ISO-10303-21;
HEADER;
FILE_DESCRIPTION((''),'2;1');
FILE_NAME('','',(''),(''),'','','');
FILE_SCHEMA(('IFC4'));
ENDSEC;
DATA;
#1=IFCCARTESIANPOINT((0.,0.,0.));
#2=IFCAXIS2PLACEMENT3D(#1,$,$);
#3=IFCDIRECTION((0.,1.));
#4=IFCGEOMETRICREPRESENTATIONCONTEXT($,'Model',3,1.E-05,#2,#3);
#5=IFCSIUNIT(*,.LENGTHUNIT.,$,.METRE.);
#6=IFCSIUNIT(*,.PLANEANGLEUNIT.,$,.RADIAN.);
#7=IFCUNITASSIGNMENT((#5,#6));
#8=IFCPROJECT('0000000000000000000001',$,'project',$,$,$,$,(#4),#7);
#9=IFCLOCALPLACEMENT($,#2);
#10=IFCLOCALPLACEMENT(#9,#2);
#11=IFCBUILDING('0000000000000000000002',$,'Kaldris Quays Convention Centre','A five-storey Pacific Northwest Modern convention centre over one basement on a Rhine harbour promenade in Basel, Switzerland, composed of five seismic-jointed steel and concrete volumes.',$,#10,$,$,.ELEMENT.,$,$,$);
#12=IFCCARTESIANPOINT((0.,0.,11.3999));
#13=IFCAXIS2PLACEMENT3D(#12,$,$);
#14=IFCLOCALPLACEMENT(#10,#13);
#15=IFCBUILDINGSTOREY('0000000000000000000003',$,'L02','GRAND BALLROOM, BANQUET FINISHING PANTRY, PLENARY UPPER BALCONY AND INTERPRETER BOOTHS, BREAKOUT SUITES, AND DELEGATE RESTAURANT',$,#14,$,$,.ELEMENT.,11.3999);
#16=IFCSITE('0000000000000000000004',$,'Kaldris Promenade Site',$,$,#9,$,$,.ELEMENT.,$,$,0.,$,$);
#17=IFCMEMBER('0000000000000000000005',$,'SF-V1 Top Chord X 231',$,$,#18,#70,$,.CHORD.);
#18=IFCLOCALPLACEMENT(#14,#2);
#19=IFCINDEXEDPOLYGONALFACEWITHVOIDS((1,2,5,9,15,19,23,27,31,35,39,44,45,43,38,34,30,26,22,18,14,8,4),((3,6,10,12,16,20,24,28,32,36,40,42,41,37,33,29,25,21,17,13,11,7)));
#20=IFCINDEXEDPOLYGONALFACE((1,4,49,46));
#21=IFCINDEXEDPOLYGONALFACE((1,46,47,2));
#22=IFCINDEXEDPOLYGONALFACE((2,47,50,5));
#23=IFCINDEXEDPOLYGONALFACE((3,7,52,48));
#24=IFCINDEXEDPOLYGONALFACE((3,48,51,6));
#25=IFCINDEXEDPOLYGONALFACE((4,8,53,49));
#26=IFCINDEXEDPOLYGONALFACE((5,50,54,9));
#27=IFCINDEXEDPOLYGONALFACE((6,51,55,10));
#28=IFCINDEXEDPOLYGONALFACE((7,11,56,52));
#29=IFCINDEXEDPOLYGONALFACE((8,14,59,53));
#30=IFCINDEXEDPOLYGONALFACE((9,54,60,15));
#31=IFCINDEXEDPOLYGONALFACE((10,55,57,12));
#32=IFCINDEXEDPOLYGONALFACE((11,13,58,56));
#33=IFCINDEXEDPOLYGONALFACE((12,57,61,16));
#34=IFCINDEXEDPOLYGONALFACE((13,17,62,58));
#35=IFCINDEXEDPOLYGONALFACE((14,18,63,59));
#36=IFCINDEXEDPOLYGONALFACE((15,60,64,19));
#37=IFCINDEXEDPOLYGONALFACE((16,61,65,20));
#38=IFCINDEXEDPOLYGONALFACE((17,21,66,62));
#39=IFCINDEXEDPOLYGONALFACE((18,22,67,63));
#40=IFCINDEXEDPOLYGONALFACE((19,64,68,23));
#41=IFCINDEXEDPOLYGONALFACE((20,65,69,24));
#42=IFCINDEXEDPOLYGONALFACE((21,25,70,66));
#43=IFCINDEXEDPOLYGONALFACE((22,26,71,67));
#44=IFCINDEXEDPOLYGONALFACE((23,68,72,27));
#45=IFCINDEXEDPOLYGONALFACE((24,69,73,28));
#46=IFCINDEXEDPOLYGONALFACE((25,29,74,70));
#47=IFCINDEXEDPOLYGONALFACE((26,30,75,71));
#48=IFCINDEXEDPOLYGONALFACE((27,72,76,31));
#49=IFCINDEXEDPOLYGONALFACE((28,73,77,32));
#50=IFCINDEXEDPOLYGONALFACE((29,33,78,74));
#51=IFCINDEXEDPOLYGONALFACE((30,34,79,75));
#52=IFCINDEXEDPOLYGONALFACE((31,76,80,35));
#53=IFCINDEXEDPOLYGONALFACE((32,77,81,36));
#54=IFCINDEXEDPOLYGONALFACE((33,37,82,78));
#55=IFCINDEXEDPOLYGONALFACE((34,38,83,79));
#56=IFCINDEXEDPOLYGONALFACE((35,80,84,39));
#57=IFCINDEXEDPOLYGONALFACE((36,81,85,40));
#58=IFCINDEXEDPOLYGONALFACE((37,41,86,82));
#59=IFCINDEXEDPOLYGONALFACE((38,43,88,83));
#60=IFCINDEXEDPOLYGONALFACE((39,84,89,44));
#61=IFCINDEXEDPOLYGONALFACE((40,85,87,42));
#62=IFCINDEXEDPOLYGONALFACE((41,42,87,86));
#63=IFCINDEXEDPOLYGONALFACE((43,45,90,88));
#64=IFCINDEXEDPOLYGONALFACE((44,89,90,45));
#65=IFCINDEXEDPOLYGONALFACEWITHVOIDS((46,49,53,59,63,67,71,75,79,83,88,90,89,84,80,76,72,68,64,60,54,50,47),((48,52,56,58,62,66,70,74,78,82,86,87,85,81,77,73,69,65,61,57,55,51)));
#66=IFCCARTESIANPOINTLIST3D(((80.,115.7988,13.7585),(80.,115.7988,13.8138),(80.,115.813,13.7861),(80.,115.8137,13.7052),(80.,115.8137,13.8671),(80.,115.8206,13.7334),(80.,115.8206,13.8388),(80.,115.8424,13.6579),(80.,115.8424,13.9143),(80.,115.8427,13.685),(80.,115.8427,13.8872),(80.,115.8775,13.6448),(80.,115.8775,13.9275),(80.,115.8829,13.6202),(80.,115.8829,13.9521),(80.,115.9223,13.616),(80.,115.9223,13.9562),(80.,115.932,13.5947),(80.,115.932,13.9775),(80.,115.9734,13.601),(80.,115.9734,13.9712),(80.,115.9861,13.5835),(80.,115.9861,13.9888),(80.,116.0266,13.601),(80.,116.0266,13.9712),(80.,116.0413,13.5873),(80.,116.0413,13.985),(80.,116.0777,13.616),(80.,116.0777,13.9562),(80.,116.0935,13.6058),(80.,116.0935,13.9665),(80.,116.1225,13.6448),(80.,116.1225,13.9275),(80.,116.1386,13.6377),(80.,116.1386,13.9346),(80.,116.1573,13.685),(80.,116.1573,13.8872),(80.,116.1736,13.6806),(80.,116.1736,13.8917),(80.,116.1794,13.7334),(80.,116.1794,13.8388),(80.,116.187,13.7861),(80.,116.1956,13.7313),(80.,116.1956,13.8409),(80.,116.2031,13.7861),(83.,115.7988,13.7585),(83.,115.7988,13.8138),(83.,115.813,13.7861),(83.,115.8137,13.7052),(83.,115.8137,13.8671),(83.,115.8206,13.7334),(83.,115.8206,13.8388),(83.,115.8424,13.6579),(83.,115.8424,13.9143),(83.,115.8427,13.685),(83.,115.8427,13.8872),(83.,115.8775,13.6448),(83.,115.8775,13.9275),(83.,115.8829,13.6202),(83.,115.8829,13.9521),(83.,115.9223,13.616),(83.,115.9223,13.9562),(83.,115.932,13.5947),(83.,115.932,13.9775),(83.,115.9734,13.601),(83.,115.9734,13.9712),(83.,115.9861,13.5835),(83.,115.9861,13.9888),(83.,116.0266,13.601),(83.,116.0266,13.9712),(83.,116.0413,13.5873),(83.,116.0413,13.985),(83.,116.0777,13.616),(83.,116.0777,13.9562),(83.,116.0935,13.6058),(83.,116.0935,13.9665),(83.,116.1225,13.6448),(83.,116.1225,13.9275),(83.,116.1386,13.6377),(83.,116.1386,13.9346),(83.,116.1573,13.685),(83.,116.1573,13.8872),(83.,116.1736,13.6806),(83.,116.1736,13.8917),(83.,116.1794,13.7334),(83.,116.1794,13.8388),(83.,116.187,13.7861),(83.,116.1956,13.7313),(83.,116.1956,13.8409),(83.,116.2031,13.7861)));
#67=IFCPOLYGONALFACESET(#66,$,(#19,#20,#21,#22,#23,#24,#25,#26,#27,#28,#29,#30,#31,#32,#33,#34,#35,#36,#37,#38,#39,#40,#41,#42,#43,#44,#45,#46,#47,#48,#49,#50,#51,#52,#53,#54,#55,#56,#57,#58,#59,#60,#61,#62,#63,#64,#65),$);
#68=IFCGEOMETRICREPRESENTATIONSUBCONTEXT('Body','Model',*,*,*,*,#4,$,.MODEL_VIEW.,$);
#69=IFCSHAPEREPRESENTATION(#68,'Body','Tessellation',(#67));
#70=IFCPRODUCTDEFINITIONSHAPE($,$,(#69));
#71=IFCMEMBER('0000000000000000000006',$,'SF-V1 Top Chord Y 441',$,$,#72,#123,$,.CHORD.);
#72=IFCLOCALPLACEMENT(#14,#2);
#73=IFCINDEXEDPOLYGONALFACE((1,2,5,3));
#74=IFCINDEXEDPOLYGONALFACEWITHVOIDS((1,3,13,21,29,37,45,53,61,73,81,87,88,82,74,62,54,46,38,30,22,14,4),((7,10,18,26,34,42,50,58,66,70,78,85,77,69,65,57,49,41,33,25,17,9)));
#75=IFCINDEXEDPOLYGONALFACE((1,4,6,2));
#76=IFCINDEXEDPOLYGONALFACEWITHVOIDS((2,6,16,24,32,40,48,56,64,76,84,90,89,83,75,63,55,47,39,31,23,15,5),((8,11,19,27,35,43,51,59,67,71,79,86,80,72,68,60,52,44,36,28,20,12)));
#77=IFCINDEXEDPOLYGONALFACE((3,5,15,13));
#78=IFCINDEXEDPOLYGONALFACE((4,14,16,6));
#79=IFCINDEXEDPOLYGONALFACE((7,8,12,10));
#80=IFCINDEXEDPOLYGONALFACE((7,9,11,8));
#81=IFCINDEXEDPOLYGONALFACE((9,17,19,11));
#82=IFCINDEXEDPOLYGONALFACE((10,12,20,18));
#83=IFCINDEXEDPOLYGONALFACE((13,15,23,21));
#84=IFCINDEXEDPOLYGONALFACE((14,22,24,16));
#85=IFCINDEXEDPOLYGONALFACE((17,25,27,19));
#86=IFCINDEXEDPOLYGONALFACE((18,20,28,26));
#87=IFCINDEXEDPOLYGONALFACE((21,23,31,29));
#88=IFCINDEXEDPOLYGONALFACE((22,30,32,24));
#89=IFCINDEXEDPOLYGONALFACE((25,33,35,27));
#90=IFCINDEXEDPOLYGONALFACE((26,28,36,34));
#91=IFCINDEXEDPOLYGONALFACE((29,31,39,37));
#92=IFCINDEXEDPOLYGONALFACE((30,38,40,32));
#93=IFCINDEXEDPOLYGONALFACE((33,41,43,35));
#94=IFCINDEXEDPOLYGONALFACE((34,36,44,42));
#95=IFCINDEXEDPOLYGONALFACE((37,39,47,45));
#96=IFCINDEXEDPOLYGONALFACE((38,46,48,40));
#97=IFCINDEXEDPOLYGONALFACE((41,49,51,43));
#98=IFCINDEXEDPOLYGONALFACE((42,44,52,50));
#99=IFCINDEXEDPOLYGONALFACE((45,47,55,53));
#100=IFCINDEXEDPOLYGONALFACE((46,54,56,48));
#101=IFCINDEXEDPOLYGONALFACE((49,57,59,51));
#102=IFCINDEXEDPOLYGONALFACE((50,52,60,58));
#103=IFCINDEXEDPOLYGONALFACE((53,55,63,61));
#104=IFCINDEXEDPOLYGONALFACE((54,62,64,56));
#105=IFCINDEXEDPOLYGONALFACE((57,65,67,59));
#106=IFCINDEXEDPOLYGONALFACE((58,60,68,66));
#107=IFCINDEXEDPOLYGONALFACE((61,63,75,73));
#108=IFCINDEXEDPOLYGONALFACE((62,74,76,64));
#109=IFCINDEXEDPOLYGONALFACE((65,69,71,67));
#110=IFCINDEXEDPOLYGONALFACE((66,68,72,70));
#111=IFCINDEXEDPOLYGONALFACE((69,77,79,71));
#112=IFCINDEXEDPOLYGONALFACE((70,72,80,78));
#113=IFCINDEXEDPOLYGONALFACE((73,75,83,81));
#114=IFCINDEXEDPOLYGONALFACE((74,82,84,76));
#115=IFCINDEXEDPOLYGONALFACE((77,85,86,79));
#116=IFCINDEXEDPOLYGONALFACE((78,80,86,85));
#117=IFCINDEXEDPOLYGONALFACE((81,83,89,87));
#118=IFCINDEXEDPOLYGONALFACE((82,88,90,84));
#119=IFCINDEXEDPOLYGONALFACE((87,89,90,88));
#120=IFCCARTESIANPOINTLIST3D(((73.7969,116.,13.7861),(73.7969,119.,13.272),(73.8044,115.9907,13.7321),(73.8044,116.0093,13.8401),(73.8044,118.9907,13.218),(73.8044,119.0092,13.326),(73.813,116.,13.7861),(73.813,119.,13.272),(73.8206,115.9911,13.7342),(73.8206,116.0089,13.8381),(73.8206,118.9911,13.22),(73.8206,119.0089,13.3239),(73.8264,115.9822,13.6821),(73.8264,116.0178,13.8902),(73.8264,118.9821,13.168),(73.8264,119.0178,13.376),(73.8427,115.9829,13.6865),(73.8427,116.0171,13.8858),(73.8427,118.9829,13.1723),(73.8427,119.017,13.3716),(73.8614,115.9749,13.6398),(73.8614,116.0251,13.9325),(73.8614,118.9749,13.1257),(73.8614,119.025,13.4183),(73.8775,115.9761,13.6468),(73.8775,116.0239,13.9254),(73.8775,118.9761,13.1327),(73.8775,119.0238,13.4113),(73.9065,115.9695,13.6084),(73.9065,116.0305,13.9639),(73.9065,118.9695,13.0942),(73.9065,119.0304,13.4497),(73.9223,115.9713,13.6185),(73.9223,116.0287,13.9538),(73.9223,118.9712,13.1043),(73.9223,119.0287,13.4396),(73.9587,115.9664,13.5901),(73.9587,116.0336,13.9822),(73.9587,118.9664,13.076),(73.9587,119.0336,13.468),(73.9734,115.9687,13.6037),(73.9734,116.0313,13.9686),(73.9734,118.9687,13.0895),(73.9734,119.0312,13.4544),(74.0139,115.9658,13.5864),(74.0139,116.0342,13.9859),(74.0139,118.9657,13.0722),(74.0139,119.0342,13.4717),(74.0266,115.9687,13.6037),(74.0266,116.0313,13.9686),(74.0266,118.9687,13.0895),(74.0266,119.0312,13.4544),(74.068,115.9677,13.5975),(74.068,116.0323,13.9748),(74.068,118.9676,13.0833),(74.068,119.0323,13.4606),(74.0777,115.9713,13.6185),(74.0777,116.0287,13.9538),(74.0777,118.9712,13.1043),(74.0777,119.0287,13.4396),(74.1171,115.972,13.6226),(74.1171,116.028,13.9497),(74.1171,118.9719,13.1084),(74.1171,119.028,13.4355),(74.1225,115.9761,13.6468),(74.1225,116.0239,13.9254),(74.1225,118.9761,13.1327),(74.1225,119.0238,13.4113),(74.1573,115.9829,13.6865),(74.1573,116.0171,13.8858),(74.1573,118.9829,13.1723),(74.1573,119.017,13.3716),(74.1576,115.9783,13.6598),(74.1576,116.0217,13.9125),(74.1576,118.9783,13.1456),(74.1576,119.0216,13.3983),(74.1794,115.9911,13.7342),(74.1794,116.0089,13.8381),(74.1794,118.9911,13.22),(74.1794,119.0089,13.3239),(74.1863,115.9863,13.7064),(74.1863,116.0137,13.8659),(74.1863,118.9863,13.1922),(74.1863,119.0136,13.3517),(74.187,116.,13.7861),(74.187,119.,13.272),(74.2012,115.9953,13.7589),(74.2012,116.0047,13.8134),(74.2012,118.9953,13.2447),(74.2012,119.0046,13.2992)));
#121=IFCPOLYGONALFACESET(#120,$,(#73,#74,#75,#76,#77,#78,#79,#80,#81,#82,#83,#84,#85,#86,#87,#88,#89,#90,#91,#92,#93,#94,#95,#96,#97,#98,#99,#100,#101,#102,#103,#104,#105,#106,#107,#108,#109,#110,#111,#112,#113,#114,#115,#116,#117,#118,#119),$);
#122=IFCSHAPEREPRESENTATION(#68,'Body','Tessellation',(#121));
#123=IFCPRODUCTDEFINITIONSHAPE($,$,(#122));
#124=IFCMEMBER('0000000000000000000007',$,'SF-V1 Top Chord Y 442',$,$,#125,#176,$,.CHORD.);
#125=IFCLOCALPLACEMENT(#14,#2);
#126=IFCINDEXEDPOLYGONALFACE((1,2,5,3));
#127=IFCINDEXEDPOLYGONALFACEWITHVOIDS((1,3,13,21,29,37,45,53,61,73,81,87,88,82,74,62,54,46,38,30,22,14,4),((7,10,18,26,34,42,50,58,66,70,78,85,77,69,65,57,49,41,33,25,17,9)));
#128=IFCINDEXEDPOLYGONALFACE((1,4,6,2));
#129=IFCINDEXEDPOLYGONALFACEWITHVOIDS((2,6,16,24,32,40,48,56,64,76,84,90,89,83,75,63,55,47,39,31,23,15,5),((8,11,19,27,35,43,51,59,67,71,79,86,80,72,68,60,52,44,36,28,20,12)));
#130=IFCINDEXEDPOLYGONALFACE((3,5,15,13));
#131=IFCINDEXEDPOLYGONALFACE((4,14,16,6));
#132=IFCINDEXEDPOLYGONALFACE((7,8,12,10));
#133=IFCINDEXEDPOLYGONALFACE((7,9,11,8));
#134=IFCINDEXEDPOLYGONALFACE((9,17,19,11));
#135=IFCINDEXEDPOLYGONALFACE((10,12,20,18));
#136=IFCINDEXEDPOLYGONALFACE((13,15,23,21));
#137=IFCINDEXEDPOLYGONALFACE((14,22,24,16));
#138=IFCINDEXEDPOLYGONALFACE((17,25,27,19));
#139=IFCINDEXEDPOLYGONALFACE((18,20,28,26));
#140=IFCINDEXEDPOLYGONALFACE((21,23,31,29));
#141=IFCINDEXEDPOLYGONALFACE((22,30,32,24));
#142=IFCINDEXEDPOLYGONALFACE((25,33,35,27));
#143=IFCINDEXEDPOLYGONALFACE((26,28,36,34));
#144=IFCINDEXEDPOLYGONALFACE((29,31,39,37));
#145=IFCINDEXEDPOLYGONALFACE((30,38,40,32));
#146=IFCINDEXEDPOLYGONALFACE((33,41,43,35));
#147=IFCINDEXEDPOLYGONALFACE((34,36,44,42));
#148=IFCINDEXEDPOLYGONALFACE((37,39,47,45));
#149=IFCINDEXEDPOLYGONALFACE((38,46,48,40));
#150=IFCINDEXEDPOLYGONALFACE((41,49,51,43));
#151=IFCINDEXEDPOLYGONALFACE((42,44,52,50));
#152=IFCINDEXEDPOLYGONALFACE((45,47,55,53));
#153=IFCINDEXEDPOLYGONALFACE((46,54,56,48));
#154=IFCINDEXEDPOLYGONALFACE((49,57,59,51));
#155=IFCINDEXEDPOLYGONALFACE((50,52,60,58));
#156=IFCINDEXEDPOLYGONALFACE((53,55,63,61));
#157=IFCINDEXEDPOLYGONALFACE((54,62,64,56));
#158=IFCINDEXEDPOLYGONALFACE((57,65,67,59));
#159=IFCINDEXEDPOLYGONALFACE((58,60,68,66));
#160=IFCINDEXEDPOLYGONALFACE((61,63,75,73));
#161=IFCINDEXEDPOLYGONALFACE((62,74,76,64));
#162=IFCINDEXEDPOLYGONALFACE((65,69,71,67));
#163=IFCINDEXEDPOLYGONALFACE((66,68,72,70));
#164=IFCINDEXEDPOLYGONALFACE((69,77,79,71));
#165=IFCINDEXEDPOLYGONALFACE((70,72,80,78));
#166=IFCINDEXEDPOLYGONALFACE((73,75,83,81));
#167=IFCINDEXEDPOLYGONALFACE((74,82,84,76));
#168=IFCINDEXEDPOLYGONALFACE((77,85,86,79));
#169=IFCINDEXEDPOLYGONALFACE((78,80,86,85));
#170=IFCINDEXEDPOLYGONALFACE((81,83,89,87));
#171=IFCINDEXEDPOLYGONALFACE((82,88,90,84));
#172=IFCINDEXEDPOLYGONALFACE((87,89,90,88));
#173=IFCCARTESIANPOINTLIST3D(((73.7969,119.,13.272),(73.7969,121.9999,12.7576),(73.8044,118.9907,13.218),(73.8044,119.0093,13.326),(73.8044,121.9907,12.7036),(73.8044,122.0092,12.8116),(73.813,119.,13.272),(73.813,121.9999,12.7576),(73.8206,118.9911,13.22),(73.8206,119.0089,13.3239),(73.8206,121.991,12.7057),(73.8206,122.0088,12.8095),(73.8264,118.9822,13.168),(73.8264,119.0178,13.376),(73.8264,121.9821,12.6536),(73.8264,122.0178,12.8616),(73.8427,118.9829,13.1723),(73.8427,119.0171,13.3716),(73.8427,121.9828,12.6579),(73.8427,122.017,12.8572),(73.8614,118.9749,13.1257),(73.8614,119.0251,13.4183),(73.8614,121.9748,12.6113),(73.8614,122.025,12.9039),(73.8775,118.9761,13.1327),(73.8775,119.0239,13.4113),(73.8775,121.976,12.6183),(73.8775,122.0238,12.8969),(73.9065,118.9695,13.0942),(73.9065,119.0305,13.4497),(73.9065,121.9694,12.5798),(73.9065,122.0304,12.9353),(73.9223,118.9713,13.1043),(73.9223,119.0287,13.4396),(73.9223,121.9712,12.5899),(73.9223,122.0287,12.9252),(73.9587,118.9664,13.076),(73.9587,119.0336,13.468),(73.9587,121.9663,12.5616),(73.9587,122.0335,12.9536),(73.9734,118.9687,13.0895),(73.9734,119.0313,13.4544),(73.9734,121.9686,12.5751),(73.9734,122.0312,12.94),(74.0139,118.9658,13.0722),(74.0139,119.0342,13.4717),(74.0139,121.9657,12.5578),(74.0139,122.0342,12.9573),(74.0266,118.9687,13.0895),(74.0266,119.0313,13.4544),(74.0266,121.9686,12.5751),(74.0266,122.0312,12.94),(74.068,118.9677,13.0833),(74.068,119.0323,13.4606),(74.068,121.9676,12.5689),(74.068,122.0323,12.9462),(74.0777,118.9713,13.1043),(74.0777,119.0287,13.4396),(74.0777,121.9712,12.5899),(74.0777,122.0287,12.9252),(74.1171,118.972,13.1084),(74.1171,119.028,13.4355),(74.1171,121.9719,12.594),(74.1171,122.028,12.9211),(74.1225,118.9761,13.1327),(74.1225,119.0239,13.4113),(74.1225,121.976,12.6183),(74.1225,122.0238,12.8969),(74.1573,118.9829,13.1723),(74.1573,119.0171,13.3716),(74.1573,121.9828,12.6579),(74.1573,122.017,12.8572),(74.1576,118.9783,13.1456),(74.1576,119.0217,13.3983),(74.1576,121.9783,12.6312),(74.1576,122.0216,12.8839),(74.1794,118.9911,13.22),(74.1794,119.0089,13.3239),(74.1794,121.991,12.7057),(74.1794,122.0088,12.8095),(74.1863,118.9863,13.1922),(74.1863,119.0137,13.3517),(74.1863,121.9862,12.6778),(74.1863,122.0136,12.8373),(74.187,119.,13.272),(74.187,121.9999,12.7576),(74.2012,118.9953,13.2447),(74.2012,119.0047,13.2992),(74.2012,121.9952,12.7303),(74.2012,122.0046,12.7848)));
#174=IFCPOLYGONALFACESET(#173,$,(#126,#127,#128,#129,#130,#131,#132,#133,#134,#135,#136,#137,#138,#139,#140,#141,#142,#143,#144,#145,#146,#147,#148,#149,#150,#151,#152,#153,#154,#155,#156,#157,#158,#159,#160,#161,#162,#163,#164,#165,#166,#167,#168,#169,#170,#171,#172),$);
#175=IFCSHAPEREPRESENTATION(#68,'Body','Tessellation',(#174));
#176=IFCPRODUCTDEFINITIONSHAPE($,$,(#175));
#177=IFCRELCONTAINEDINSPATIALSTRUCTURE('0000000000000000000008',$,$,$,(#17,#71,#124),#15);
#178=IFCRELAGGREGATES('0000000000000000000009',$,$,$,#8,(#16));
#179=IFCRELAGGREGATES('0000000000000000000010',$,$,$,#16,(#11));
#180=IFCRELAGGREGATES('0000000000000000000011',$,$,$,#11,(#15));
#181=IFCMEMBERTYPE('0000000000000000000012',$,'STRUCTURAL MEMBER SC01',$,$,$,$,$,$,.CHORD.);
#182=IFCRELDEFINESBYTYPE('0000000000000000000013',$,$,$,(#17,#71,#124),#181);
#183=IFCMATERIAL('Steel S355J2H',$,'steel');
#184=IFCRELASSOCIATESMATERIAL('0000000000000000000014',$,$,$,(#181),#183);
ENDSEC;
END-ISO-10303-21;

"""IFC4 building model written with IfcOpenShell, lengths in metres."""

from ifc_helpers import new_model, si_unit, direction, frame, origin, origin_2d, place, context, subcontext, project, spatial, hollow_circle, extrude, material, material_profile, profile_set, type_object, element, save


model = new_model("IFC4")

# Units and contexts
model_context = context("Model", 3, precision=1e-05, world=origin(), true_north=direction((0.0, 1.0)))
body_context = subcontext(model_context, "Body", "Model", "MODEL_VIEW")
ifc_project = project(units=[si_unit("LENGTHUNIT", "METRE"), si_unit("PLANEANGLEUNIT", "RADIAN")], contexts=[model_context])

# Site, building, storey
site_placement = place(None, origin())
site = spatial("IfcSite", under=ifc_project, at=site_placement, Name="Kaldris Promenade Site", CompositionType="ELEMENT", RefElevation=0.0)
building_placement = place(site_placement, origin())
building = spatial("IfcBuilding", under=site, at=building_placement, Name="Kaldris Quays Convention Centre", Description="A five-storey Pacific Northwest Modern convention centre over one basement on a Rhine harbour promenade in Basel, Switzerland, composed of five seismic-jointed steel and concrete volumes.", CompositionType="ELEMENT")
storey_placement = place(building_placement, frame((0.0, 0.0, 11.3999)))
storey = spatial("IfcBuildingStorey", under=building, at=storey_placement, Name="L02", Description="GRAND BALLROOM, BANQUET FINISHING PANTRY, PLENARY UPPER BALCONY AND INTERPRETER BOOTHS, BREAKOUT SUITES, AND DELEGATE RESTAURANT", CompositionType="ELEMENT", Elevation=11.3999)

# Members
ifc_material_1 = material(Name="Steel S355J2H", Category="steel")
ifc_material_profile_1 = material_profile(ifc_material_1, hollow_circle(Radius=0.2031, WallThickness=0.0161, at=origin_2d()), Name="CHS 406.4x16")
ifc_profile_set_1 = profile_set([ifc_material_profile_1], Name="Steel S355J2H")
member_type_1 = type_object("IfcMemberType", Name="STRUCTURAL MEMBER SC01", PredefinedType="CHORD", material=ifc_profile_set_1)
for number, where, z_axis, x_axis, name in (
    (1, (80.0, 116.0, 13.7861), (1.0, 0.0, 0.0), (0.0, 1.0, 0.0), "SF-V1 Top Chord X 231"),
):
    element("IfcMember", number, at=place(storey_placement, frame(where, z_axis=z_axis, x_axis=x_axis)), inside=storey, type_object=member_type_1, Name=name, PredefinedType="CHORD", context=body_context, shape_type="SweptSolid", body=[
        extrude(hollow_circle(Radius=0.2031, WallThickness=0.0161, at=origin_2d()), origin(), (0.0, 0.0, 1.0), 3.0),
    ])
for number, where, z_axis, x_axis, name in (
    (2, (74.0, 116.0, 13.7861), (0.0, 0.985629, -0.168924), (-1.0, 0.0, 0.0), "SF-V1 Top Chord Y 441"),
    (3, (74.0, 119.0, 13.272), (0.0, 0.985616, -0.169002), (-1.0, 0.0, 0.0), "SF-V1 Top Chord Y 442"),
):
    element("IfcMember", number, at=place(storey_placement, frame(where, z_axis=z_axis, x_axis=x_axis)), inside=storey, type_object=member_type_1, Name=name, PredefinedType="CHORD", context=body_context, shape_type="SweptSolid", body=[
        extrude(hollow_circle(Radius=0.2031, WallThickness=0.0161, at=origin_2d()), origin(), (0.0, 0.0, 1.0), 3.0437),
    ])

save(model, "model.ifc")
